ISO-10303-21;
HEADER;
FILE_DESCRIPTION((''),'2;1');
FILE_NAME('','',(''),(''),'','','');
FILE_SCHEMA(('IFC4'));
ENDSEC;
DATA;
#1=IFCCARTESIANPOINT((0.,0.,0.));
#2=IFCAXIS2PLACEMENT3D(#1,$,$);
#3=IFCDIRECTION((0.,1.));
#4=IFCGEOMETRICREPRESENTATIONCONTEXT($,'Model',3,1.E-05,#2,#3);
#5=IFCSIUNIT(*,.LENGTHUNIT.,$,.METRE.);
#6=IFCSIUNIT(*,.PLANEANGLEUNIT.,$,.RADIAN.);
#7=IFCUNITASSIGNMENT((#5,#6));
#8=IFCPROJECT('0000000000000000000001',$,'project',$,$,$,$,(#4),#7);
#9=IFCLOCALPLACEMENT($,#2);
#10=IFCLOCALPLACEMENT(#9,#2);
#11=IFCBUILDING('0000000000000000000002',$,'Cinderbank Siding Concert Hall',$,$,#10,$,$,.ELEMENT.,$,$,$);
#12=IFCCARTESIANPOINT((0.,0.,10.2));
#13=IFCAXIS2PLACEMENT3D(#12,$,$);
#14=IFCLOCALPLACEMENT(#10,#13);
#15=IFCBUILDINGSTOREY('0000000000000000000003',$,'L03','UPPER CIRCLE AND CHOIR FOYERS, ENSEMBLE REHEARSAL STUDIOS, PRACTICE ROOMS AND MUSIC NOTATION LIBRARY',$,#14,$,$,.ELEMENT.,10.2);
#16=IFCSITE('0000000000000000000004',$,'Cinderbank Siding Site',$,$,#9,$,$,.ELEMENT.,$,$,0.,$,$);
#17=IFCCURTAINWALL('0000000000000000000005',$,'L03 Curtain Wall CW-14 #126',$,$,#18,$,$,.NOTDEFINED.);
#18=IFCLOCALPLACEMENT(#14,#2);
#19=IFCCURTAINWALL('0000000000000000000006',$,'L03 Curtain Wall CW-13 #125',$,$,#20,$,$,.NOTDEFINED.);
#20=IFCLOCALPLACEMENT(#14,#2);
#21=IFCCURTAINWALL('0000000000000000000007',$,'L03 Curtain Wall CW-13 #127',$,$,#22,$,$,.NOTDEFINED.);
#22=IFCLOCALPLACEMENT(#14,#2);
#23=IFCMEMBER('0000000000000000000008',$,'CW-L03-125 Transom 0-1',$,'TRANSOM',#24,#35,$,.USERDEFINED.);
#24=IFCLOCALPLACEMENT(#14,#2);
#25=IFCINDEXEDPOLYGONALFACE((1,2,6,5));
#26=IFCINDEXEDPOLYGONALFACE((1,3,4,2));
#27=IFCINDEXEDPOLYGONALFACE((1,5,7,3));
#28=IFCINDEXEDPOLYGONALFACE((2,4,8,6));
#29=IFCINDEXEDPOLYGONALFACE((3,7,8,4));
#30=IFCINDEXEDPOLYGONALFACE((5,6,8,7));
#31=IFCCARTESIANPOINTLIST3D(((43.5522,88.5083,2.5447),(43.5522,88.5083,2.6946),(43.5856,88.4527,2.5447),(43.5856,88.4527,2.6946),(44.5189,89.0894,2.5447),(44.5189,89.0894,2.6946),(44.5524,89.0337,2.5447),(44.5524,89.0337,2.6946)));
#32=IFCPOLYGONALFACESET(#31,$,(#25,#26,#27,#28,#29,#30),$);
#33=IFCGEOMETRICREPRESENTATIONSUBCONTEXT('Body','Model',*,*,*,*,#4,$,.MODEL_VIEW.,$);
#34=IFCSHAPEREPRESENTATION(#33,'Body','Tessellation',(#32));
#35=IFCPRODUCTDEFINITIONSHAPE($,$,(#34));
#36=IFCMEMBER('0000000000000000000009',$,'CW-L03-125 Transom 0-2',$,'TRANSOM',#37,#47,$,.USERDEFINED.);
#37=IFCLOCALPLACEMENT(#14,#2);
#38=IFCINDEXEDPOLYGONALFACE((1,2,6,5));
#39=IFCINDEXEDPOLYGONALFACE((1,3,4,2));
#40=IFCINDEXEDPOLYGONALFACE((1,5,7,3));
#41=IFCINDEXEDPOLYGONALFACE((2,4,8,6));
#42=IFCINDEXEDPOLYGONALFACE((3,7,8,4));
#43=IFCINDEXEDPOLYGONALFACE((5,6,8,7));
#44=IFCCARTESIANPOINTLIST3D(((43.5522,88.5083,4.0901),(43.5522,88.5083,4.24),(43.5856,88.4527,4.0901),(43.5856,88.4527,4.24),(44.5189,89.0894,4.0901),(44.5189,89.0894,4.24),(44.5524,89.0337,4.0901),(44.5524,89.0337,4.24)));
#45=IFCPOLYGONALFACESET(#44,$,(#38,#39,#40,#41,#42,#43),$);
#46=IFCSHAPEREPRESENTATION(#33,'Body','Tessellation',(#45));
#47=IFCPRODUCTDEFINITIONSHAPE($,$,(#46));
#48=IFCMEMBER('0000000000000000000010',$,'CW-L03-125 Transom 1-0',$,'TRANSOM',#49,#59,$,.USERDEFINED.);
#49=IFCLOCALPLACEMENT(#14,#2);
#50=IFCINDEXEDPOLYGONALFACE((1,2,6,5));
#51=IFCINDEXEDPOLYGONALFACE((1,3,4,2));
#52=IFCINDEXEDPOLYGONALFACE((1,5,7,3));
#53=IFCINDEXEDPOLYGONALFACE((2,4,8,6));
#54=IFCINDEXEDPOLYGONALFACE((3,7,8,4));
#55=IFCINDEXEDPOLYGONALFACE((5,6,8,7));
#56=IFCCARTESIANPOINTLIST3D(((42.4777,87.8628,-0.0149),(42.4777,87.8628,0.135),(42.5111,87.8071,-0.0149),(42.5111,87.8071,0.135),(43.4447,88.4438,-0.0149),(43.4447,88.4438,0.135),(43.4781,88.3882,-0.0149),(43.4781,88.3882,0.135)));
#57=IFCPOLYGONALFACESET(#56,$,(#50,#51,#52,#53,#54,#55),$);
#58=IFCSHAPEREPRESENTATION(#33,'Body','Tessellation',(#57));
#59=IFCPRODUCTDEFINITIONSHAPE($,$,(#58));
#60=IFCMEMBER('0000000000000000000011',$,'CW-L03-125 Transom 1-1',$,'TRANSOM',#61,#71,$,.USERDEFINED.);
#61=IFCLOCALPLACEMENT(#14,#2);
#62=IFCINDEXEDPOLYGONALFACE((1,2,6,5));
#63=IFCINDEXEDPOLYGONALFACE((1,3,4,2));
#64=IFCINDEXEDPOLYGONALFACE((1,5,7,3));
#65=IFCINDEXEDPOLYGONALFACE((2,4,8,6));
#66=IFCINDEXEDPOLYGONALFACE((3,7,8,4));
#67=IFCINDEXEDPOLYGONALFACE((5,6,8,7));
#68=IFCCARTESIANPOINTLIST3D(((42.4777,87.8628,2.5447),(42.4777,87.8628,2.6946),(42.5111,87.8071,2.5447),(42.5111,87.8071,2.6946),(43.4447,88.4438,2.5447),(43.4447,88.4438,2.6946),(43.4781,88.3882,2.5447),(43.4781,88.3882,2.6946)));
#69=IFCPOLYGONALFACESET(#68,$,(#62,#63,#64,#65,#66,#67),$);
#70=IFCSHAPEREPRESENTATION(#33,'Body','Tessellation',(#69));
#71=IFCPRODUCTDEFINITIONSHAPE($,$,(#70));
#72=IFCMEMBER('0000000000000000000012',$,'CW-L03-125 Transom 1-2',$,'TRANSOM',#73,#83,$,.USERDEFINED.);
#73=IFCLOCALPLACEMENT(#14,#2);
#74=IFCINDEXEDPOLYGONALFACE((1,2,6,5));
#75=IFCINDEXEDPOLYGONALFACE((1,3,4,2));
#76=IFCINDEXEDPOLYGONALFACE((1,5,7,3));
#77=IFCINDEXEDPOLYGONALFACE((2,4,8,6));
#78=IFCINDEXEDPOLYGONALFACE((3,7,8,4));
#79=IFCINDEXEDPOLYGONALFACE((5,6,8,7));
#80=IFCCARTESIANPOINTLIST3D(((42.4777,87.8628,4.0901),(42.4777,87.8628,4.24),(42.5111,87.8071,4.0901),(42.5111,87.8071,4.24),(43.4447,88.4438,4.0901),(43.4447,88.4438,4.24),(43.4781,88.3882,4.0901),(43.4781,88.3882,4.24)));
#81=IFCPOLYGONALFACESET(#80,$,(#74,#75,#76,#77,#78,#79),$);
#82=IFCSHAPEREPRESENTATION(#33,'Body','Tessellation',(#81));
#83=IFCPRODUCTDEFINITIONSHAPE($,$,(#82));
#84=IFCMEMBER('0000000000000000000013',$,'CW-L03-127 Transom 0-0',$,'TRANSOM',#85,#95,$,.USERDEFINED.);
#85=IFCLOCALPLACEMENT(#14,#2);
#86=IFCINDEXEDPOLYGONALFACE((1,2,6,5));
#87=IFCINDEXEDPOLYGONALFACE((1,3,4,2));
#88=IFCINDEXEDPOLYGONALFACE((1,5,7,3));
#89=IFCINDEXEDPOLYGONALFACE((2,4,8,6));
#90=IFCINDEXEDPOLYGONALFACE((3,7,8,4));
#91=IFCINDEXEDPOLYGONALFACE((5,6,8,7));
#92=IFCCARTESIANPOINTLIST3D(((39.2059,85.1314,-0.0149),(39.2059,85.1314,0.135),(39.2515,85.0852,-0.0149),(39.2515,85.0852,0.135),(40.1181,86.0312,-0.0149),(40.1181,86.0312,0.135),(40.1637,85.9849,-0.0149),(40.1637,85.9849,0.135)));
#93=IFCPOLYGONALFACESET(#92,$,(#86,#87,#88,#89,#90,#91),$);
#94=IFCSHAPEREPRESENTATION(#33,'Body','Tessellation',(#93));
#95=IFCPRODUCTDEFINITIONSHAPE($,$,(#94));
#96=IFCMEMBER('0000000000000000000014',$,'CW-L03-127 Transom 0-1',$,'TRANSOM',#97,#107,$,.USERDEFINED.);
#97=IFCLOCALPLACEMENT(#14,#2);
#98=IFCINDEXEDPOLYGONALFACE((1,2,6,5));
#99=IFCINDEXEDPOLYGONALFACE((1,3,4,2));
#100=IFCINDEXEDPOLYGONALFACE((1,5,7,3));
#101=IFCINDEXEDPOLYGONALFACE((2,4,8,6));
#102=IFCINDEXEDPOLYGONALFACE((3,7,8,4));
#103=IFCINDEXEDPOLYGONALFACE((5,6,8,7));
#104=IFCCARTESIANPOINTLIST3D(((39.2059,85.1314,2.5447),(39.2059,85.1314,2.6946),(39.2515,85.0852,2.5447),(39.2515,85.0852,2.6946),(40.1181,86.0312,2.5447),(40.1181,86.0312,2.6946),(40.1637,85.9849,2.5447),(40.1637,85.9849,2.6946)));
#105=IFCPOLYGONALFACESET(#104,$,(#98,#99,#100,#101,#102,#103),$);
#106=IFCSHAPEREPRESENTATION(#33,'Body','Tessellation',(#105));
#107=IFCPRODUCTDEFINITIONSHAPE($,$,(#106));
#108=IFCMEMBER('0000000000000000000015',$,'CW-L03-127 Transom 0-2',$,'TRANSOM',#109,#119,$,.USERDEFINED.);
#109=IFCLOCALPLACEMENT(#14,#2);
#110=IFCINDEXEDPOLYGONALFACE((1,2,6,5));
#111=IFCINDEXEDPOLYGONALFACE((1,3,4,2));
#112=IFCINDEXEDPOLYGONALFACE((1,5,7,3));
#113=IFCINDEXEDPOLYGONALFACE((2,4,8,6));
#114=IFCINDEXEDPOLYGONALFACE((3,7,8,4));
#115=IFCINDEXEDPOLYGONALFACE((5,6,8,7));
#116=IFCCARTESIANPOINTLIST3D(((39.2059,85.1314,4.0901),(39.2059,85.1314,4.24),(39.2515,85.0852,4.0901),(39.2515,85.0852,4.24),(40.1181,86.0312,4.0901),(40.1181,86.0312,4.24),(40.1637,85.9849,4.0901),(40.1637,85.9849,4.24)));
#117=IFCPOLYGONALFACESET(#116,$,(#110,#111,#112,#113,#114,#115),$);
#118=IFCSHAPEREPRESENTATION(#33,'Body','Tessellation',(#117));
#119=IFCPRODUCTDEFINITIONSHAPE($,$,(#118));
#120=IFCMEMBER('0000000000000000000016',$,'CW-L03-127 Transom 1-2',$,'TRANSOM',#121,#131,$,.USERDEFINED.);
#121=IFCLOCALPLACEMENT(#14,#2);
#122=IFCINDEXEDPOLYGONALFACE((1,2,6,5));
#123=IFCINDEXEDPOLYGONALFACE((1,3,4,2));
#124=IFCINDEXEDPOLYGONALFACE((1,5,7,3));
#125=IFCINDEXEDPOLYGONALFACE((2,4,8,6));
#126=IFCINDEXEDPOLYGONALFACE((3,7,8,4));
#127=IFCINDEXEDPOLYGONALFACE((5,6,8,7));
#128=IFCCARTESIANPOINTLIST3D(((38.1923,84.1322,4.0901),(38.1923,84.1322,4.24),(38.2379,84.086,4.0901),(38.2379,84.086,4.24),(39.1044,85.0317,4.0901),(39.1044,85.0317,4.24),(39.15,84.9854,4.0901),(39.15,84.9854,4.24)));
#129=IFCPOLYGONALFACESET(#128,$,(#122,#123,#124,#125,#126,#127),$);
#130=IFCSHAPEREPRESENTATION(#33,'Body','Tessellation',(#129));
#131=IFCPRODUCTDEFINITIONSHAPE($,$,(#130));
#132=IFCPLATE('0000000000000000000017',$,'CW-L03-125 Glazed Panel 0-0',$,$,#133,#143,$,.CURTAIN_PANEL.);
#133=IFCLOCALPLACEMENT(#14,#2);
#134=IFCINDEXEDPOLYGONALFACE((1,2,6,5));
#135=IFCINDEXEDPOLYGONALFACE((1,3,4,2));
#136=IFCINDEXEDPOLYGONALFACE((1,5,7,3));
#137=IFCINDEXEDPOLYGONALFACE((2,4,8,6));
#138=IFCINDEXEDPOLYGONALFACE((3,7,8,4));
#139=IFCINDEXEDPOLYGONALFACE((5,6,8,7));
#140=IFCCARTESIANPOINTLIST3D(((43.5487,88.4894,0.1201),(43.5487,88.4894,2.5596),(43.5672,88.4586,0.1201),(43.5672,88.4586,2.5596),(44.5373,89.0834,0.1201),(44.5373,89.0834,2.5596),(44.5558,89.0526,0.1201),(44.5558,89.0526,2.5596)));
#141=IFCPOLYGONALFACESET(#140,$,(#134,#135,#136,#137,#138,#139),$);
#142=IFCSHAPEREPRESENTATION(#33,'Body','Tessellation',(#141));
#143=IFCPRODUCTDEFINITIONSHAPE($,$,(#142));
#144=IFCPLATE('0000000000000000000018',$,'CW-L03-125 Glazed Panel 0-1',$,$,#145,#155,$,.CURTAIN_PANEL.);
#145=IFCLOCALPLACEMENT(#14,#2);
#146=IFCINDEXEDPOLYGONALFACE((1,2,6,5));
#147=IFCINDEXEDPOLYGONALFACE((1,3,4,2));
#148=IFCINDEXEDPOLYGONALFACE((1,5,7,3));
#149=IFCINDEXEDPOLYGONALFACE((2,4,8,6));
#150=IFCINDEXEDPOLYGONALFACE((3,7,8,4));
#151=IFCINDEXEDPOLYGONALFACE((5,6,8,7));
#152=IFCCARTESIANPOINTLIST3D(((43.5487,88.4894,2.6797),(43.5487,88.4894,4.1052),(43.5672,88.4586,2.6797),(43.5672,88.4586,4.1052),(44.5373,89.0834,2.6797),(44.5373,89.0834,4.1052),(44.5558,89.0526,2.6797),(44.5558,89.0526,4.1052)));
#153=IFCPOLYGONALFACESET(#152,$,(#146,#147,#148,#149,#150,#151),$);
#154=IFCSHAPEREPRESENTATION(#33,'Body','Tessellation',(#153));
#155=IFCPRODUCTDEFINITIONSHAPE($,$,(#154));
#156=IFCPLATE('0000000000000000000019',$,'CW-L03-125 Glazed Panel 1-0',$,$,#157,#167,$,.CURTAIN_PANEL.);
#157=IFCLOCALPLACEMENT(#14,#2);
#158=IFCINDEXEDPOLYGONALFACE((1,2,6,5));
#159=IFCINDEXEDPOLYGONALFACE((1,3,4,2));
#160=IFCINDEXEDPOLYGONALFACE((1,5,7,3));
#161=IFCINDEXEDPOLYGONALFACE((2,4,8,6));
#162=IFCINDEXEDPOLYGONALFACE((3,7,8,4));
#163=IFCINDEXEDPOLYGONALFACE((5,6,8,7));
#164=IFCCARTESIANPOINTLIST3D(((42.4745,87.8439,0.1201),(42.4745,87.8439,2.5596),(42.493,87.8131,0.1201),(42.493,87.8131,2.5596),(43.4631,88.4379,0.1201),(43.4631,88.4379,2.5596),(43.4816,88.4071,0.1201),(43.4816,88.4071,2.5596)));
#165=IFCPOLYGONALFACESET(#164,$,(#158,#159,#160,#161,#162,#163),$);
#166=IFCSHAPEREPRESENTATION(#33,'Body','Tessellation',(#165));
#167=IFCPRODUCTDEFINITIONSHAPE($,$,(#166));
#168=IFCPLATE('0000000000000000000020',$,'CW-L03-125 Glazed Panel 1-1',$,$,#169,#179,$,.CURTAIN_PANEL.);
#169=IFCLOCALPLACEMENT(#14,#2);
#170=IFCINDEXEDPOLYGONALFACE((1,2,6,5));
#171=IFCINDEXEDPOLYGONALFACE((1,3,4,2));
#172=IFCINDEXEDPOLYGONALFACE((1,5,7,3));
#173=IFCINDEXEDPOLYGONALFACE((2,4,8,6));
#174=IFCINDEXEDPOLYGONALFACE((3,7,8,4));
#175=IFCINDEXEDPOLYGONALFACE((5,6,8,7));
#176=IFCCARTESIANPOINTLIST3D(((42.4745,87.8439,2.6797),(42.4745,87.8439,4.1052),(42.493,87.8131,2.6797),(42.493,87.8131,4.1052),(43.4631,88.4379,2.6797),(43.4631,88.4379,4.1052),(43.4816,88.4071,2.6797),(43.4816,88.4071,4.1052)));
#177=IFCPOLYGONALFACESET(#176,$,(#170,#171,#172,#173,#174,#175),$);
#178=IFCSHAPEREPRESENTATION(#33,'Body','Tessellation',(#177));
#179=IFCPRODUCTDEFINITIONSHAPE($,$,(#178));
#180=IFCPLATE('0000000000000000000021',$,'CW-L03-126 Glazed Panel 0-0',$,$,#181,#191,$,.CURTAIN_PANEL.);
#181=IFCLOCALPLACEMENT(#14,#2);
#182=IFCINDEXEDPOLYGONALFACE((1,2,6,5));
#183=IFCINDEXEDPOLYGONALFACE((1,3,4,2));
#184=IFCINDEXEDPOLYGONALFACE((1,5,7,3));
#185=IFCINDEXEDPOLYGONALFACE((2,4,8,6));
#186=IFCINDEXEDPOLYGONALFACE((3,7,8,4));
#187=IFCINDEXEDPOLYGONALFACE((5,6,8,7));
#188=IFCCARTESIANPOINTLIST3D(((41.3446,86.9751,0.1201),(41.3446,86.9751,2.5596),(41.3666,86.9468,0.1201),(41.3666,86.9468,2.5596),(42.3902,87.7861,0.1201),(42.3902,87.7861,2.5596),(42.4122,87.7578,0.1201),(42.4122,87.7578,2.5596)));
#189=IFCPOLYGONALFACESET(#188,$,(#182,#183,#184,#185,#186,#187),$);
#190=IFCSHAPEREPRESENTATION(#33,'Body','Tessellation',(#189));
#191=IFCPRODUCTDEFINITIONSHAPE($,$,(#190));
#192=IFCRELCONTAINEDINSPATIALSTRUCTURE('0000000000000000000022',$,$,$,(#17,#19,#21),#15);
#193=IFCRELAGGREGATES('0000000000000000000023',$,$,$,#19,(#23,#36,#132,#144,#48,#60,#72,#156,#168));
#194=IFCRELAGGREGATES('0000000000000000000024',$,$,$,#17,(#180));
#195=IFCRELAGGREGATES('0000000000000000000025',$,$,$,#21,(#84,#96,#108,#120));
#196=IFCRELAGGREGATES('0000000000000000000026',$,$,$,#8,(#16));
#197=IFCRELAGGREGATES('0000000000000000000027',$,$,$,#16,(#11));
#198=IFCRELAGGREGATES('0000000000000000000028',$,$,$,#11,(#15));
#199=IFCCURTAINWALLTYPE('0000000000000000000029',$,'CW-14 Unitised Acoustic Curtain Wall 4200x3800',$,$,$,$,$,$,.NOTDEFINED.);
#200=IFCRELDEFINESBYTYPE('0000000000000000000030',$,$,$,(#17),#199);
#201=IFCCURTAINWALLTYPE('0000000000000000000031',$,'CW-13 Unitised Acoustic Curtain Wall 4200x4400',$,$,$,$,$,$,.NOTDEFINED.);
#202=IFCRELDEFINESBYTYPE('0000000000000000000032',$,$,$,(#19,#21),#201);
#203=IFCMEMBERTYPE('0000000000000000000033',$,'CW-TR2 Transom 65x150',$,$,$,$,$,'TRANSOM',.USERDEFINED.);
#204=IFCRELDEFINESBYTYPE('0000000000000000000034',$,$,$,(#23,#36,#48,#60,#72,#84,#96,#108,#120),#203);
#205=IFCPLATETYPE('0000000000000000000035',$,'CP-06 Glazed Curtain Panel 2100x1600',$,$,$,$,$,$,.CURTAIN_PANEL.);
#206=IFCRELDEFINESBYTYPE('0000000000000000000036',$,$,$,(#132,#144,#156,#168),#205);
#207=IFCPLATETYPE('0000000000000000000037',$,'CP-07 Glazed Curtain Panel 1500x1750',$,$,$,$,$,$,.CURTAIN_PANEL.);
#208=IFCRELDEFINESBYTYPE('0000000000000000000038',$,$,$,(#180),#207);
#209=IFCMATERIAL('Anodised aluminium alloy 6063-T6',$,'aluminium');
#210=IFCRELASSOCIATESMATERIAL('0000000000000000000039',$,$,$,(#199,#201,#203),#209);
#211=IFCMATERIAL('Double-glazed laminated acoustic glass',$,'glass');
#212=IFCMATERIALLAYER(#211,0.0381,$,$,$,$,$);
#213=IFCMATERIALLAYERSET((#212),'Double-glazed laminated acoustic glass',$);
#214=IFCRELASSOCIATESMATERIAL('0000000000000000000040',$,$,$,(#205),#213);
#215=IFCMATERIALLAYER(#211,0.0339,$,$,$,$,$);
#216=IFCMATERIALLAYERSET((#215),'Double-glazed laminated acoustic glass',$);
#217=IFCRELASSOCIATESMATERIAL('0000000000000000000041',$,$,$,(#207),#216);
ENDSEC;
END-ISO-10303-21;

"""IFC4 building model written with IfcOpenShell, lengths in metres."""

from ifc_helpers import new_model, si_unit, direction, frame, origin, origin_2d, place, context, subcontext, project, spatial, rectangle, extrude, material, layer, layer_set, material_profile, profile_set, type_object, element, aggregate, save


model = new_model("IFC4")

# Units and contexts
model_context = context("Model", 3, precision=1e-05, world=origin(), true_north=direction((0.0, 1.0)))
body_context = subcontext(model_context, "Body", "Model", "MODEL_VIEW")
ifc_project = project(units=[si_unit("LENGTHUNIT", "METRE"), si_unit("PLANEANGLEUNIT", "RADIAN")], contexts=[model_context])

# Site, building, storey
site_placement = place(None, origin())
site = spatial("IfcSite", under=ifc_project, at=site_placement, Name="Cinderbank Siding Site", CompositionType="ELEMENT", RefElevation=0.0)
building_placement = place(site_placement, origin())
building = spatial("IfcBuilding", under=site, at=building_placement, Name="Cinderbank Siding Concert Hall", CompositionType="ELEMENT")
storey_placement = place(building_placement, frame((0.0, 0.0, 10.2)))
storey = spatial("IfcBuildingStorey", under=building, at=storey_placement, Name="L03", Description="UPPER CIRCLE AND CHOIR FOYERS, ENSEMBLE REHEARSAL STUDIOS, PRACTICE ROOMS AND MUSIC NOTATION LIBRARY", CompositionType="ELEMENT", Elevation=10.2)

# Curtain walls
ifc_material_1 = material(Name="Anodised aluminium alloy 6063-T6", Category="aluminium")
curtain_wall_type_1 = type_object("IfcCurtainWallType", Name="CW-14 Unitised Acoustic Curtain Wall 4200x3800", PredefinedType="NOTDEFINED", material=ifc_material_1)
curtain_wall_1_placement = place(storey_placement, origin())
curtain_wall_1 = element("IfcCurtainWall", 1, at=curtain_wall_1_placement, inside=storey, type_object=curtain_wall_type_1, Name="L03 Curtain Wall CW-14 #126", PredefinedType="NOTDEFINED")
curtain_wall_type_2 = type_object("IfcCurtainWallType", Name="CW-13 Unitised Acoustic Curtain Wall 4200x4400", PredefinedType="NOTDEFINED", material=ifc_material_1)
curtain_wall_2_placement = place(storey_placement, origin())
curtain_wall_2 = element("IfcCurtainWall", 2, at=curtain_wall_2_placement, inside=storey, type_object=curtain_wall_type_2, Name="L03 Curtain Wall CW-13 #125", PredefinedType="NOTDEFINED")

# Curtain wall
curtain_wall_3_placement = place(storey_placement, origin())
curtain_wall_3 = element("IfcCurtainWall", 3, at=curtain_wall_3_placement, inside=storey, type_object=curtain_wall_type_2, Name="L03 Curtain Wall CW-13 #127", PredefinedType="NOTDEFINED")

# Members
ifc_material_profile_1 = material_profile(ifc_material_1, rectangle(XDim=0.0649, YDim=0.1499, at=origin_2d()), Name="ALU-TRAN-65x150", Category="LoadBearing")
ifc_profile_set_1 = profile_set([ifc_material_profile_1], Name="Anodised aluminium alloy 6063-T6")
member_type_1 = type_object("IfcMemberType", Name="CW-TR2 Transom 65x150", ElementType="TRANSOM", PredefinedType="USERDEFINED", material=ifc_profile_set_1)
member_1_placement = place(storey_placement, frame((44.5356, 89.0615, 2.6196), z_axis=(-0.857111, -0.515132, 0.0), x_axis=(0.515132, -0.857111, 0.0)))
member_1 = element("IfcMember", 4, at=member_1_placement, type_object=member_type_1, Name="CW-L03-125 Transom 0-1", ObjectType="TRANSOM", PredefinedType="USERDEFINED", context=body_context, shape_type="SweptSolid", body=[
    extrude(rectangle(XDim=0.0649, YDim=0.1499, at=origin_2d()), origin(), (0.0, 0.0, 1.0), 1.1279),
])
member_2_placement = place(storey_placement, frame((44.5356, 89.0615, 4.165), z_axis=(-0.857111, -0.515132, 0.0), x_axis=(0.515132, -0.857111, 0.0)))
member_2 = element("IfcMember", 5, at=member_2_placement, type_object=member_type_1, Name="CW-L03-125 Transom 0-2", ObjectType="TRANSOM", PredefinedType="USERDEFINED", context=body_context, shape_type="SweptSolid", body=[
    extrude(rectangle(XDim=0.0649, YDim=0.1499, at=origin_2d()), origin(), (0.0, 0.0, 1.0), 1.1279),
])
member_3_placement = place(storey_placement, frame((43.4614, 88.416, 0.0601), z_axis=(-0.857168, -0.515037, 0.0), x_axis=(0.515037, -0.857168, 0.0)))
member_3 = element("IfcMember", 6, at=member_3_placement, type_object=member_type_1, Name="CW-L03-125 Transom 1-0", ObjectType="TRANSOM", PredefinedType="USERDEFINED", context=body_context, shape_type="SweptSolid", body=[
    extrude(rectangle(XDim=0.0649, YDim=0.1499, at=origin_2d()), origin(), (0.0, 0.0, 1.0), 1.1282),
])
member_4_placement = place(storey_placement, frame((43.4614, 88.416, 2.6196), z_axis=(-0.857168, -0.515037, 0.0), x_axis=(0.515037, -0.857168, 0.0)))
member_4 = element("IfcMember", 7, at=member_4_placement, type_object=member_type_1, Name="CW-L03-125 Transom 1-1", ObjectType="TRANSOM", PredefinedType="USERDEFINED", context=body_context, shape_type="SweptSolid", body=[
    extrude(rectangle(XDim=0.0649, YDim=0.1499, at=origin_2d()), origin(), (0.0, 0.0, 1.0), 1.1282),
])
member_5_placement = place(storey_placement, frame((43.4614, 88.416, 4.165), z_axis=(-0.857168, -0.515037, 0.0), x_axis=(0.515037, -0.857168, 0.0)))
member_5 = element("IfcMember", 8, at=member_5_placement, type_object=member_type_1, Name="CW-L03-125 Transom 1-2", ObjectType="TRANSOM", PredefinedType="USERDEFINED", context=body_context, shape_type="SweptSolid", body=[
    extrude(rectangle(XDim=0.0649, YDim=0.1499, at=origin_2d()), origin(), (0.0, 0.0, 1.0), 1.1282),
])
member_6_placement = place(storey_placement, frame((40.1409, 86.0081, 0.0601), z_axis=(-0.711949, -0.702231, 0.0), x_axis=(0.702231, -0.711949, 0.0)))
member_6 = element("IfcMember", 9, at=member_6_placement, type_object=member_type_1, Name="CW-L03-127 Transom 0-0", ObjectType="TRANSOM", PredefinedType="USERDEFINED", context=body_context, shape_type="SweptSolid", body=[
    extrude(rectangle(XDim=0.0649, YDim=0.1499, at=origin_2d()), origin(), (0.0, 0.0, 1.0), 1.2812),
])
member_7_placement = place(storey_placement, frame((40.1409, 86.0081, 2.6196), z_axis=(-0.711949, -0.702231, 0.0), x_axis=(0.702231, -0.711949, 0.0)))
member_7 = element("IfcMember", 10, at=member_7_placement, type_object=member_type_1, Name="CW-L03-127 Transom 0-1", ObjectType="TRANSOM", PredefinedType="USERDEFINED", context=body_context, shape_type="SweptSolid", body=[
    extrude(rectangle(XDim=0.0649, YDim=0.1499, at=origin_2d()), origin(), (0.0, 0.0, 1.0), 1.2812),
])
member_8_placement = place(storey_placement, frame((40.1409, 86.0081, 4.165), z_axis=(-0.711949, -0.702231, 0.0), x_axis=(0.702231, -0.711949, 0.0)))
member_8 = element("IfcMember", 11, at=member_8_placement, type_object=member_type_1, Name="CW-L03-127 Transom 0-2", ObjectType="TRANSOM", PredefinedType="USERDEFINED", context=body_context, shape_type="SweptSolid", body=[
    extrude(rectangle(XDim=0.0649, YDim=0.1499, at=origin_2d()), origin(), (0.0, 0.0, 1.0), 1.2812),
])
member_9_placement = place(storey_placement, frame((39.1272, 85.0085, 4.165), z_axis=(-0.712045, -0.702134, 0.0), x_axis=(0.702134, -0.712045, 0.0)))
member_9 = element("IfcMember", 12, at=member_9_placement, type_object=member_type_1, Name="CW-L03-127 Transom 1-2", ObjectType="TRANSOM", PredefinedType="USERDEFINED", context=body_context, shape_type="SweptSolid", body=[
    extrude(rectangle(XDim=0.0649, YDim=0.1499, at=origin_2d()), origin(), (0.0, 0.0, 1.0), 1.281),
])

# Plates
ifc_material_2 = material(Name="Double-glazed laminated acoustic glass", Category="glass")
ifc_layer_1 = layer(ifc_material_2, 0.0381)
ifc_layer_set_1 = layer_set([ifc_layer_1], Name="Double-glazed laminated acoustic glass")
plate_type_1 = type_object("IfcPlateType", Name="CP-06 Glazed Curtain Panel 2100x1600", PredefinedType="CURTAIN_PANEL", material=ifc_layer_set_1)
plate_1_placement = place(storey_placement, frame((44.0522, 88.771, 0.1201), z_axis=(0.0, 0.0, 1.0), x_axis=(-0.857161, -0.515048, 0.0)))
plate_1 = element("IfcPlate", 13, at=plate_1_placement, type_object=plate_type_1, Name="CW-L03-125 Glazed Panel 0-0", PredefinedType="CURTAIN_PANEL", context=body_context, shape_type="SweptSolid", body=[
    extrude(rectangle(XDim=1.1533, YDim=0.0359, at=origin_2d()), origin(), (0.0, 0.0, 1.0), 2.4395),
])
plate_2_placement = place(storey_placement, frame((44.0522, 88.771, 2.6797), z_axis=(0.0, 0.0, 1.0), x_axis=(-0.857161, -0.515048, 0.0)))
plate_2 = element("IfcPlate", 14, at=plate_2_placement, type_object=plate_type_1, Name="CW-L03-125 Glazed Panel 0-1", PredefinedType="CURTAIN_PANEL", context=body_context, shape_type="SweptSolid", body=[
    extrude(rectangle(XDim=1.1533, YDim=0.0359, at=origin_2d()), origin(), (0.0, 0.0, 1.0), 1.4255),
])
plate_3_placement = place(storey_placement, frame((42.978, 88.1255, 0.1201), z_axis=(0.0, 0.0, 1.0), x_axis=(-0.857161, -0.515048, 0.0)))
plate_3 = element("IfcPlate", 15, at=plate_3_placement, type_object=plate_type_1, Name="CW-L03-125 Glazed Panel 1-0", PredefinedType="CURTAIN_PANEL", context=body_context, shape_type="SweptSolid", body=[
    extrude(rectangle(XDim=1.1533, YDim=0.0359, at=origin_2d()), origin(), (0.0, 0.0, 1.0), 2.4395),
])
plate_4_placement = place(storey_placement, frame((42.978, 88.1255, 2.6797), z_axis=(0.0, 0.0, 1.0), x_axis=(-0.857161, -0.515048, 0.0)))
plate_4 = element("IfcPlate", 16, at=plate_4_placement, type_object=plate_type_1, Name="CW-L03-125 Glazed Panel 1-1", PredefinedType="CURTAIN_PANEL", context=body_context, shape_type="SweptSolid", body=[
    extrude(rectangle(XDim=1.1533, YDim=0.0359, at=origin_2d()), origin(), (0.0, 0.0, 1.0), 1.4255),
])
aggregate(curtain_wall_2, [member_1, member_2, plate_1, plate_2, member_3, member_4, member_5, plate_3, plate_4])
ifc_layer_2 = layer(ifc_material_2, 0.0339)
ifc_layer_set_2 = layer_set([ifc_layer_2], Name="Double-glazed laminated acoustic glass")
plate_type_2 = type_object("IfcPlateType", Name="CP-07 Glazed Curtain Panel 1500x1750", PredefinedType="CURTAIN_PANEL", material=ifc_layer_set_2)
plate_5_placement = place(storey_placement, frame((41.8784, 87.3665, 0.1201), z_axis=(0.0, 0.0, 1.0), x_axis=(-0.790161, -0.612899, 0.0)))
plate_5 = element("IfcPlate", 17, at=plate_5_placement, type_object=plate_type_2, Name="CW-L03-126 Glazed Panel 0-0", PredefinedType="CURTAIN_PANEL", context=body_context, shape_type="SweptSolid", body=[
    extrude(rectangle(XDim=1.3232, YDim=0.0359, at=origin_2d()), origin(), (0.0, 0.0, 1.0), 2.4395),
])
aggregate(curtain_wall_1, [plate_5])
aggregate(curtain_wall_3, [member_6, member_7, member_8, member_9])

save(model, "model.ifc")
